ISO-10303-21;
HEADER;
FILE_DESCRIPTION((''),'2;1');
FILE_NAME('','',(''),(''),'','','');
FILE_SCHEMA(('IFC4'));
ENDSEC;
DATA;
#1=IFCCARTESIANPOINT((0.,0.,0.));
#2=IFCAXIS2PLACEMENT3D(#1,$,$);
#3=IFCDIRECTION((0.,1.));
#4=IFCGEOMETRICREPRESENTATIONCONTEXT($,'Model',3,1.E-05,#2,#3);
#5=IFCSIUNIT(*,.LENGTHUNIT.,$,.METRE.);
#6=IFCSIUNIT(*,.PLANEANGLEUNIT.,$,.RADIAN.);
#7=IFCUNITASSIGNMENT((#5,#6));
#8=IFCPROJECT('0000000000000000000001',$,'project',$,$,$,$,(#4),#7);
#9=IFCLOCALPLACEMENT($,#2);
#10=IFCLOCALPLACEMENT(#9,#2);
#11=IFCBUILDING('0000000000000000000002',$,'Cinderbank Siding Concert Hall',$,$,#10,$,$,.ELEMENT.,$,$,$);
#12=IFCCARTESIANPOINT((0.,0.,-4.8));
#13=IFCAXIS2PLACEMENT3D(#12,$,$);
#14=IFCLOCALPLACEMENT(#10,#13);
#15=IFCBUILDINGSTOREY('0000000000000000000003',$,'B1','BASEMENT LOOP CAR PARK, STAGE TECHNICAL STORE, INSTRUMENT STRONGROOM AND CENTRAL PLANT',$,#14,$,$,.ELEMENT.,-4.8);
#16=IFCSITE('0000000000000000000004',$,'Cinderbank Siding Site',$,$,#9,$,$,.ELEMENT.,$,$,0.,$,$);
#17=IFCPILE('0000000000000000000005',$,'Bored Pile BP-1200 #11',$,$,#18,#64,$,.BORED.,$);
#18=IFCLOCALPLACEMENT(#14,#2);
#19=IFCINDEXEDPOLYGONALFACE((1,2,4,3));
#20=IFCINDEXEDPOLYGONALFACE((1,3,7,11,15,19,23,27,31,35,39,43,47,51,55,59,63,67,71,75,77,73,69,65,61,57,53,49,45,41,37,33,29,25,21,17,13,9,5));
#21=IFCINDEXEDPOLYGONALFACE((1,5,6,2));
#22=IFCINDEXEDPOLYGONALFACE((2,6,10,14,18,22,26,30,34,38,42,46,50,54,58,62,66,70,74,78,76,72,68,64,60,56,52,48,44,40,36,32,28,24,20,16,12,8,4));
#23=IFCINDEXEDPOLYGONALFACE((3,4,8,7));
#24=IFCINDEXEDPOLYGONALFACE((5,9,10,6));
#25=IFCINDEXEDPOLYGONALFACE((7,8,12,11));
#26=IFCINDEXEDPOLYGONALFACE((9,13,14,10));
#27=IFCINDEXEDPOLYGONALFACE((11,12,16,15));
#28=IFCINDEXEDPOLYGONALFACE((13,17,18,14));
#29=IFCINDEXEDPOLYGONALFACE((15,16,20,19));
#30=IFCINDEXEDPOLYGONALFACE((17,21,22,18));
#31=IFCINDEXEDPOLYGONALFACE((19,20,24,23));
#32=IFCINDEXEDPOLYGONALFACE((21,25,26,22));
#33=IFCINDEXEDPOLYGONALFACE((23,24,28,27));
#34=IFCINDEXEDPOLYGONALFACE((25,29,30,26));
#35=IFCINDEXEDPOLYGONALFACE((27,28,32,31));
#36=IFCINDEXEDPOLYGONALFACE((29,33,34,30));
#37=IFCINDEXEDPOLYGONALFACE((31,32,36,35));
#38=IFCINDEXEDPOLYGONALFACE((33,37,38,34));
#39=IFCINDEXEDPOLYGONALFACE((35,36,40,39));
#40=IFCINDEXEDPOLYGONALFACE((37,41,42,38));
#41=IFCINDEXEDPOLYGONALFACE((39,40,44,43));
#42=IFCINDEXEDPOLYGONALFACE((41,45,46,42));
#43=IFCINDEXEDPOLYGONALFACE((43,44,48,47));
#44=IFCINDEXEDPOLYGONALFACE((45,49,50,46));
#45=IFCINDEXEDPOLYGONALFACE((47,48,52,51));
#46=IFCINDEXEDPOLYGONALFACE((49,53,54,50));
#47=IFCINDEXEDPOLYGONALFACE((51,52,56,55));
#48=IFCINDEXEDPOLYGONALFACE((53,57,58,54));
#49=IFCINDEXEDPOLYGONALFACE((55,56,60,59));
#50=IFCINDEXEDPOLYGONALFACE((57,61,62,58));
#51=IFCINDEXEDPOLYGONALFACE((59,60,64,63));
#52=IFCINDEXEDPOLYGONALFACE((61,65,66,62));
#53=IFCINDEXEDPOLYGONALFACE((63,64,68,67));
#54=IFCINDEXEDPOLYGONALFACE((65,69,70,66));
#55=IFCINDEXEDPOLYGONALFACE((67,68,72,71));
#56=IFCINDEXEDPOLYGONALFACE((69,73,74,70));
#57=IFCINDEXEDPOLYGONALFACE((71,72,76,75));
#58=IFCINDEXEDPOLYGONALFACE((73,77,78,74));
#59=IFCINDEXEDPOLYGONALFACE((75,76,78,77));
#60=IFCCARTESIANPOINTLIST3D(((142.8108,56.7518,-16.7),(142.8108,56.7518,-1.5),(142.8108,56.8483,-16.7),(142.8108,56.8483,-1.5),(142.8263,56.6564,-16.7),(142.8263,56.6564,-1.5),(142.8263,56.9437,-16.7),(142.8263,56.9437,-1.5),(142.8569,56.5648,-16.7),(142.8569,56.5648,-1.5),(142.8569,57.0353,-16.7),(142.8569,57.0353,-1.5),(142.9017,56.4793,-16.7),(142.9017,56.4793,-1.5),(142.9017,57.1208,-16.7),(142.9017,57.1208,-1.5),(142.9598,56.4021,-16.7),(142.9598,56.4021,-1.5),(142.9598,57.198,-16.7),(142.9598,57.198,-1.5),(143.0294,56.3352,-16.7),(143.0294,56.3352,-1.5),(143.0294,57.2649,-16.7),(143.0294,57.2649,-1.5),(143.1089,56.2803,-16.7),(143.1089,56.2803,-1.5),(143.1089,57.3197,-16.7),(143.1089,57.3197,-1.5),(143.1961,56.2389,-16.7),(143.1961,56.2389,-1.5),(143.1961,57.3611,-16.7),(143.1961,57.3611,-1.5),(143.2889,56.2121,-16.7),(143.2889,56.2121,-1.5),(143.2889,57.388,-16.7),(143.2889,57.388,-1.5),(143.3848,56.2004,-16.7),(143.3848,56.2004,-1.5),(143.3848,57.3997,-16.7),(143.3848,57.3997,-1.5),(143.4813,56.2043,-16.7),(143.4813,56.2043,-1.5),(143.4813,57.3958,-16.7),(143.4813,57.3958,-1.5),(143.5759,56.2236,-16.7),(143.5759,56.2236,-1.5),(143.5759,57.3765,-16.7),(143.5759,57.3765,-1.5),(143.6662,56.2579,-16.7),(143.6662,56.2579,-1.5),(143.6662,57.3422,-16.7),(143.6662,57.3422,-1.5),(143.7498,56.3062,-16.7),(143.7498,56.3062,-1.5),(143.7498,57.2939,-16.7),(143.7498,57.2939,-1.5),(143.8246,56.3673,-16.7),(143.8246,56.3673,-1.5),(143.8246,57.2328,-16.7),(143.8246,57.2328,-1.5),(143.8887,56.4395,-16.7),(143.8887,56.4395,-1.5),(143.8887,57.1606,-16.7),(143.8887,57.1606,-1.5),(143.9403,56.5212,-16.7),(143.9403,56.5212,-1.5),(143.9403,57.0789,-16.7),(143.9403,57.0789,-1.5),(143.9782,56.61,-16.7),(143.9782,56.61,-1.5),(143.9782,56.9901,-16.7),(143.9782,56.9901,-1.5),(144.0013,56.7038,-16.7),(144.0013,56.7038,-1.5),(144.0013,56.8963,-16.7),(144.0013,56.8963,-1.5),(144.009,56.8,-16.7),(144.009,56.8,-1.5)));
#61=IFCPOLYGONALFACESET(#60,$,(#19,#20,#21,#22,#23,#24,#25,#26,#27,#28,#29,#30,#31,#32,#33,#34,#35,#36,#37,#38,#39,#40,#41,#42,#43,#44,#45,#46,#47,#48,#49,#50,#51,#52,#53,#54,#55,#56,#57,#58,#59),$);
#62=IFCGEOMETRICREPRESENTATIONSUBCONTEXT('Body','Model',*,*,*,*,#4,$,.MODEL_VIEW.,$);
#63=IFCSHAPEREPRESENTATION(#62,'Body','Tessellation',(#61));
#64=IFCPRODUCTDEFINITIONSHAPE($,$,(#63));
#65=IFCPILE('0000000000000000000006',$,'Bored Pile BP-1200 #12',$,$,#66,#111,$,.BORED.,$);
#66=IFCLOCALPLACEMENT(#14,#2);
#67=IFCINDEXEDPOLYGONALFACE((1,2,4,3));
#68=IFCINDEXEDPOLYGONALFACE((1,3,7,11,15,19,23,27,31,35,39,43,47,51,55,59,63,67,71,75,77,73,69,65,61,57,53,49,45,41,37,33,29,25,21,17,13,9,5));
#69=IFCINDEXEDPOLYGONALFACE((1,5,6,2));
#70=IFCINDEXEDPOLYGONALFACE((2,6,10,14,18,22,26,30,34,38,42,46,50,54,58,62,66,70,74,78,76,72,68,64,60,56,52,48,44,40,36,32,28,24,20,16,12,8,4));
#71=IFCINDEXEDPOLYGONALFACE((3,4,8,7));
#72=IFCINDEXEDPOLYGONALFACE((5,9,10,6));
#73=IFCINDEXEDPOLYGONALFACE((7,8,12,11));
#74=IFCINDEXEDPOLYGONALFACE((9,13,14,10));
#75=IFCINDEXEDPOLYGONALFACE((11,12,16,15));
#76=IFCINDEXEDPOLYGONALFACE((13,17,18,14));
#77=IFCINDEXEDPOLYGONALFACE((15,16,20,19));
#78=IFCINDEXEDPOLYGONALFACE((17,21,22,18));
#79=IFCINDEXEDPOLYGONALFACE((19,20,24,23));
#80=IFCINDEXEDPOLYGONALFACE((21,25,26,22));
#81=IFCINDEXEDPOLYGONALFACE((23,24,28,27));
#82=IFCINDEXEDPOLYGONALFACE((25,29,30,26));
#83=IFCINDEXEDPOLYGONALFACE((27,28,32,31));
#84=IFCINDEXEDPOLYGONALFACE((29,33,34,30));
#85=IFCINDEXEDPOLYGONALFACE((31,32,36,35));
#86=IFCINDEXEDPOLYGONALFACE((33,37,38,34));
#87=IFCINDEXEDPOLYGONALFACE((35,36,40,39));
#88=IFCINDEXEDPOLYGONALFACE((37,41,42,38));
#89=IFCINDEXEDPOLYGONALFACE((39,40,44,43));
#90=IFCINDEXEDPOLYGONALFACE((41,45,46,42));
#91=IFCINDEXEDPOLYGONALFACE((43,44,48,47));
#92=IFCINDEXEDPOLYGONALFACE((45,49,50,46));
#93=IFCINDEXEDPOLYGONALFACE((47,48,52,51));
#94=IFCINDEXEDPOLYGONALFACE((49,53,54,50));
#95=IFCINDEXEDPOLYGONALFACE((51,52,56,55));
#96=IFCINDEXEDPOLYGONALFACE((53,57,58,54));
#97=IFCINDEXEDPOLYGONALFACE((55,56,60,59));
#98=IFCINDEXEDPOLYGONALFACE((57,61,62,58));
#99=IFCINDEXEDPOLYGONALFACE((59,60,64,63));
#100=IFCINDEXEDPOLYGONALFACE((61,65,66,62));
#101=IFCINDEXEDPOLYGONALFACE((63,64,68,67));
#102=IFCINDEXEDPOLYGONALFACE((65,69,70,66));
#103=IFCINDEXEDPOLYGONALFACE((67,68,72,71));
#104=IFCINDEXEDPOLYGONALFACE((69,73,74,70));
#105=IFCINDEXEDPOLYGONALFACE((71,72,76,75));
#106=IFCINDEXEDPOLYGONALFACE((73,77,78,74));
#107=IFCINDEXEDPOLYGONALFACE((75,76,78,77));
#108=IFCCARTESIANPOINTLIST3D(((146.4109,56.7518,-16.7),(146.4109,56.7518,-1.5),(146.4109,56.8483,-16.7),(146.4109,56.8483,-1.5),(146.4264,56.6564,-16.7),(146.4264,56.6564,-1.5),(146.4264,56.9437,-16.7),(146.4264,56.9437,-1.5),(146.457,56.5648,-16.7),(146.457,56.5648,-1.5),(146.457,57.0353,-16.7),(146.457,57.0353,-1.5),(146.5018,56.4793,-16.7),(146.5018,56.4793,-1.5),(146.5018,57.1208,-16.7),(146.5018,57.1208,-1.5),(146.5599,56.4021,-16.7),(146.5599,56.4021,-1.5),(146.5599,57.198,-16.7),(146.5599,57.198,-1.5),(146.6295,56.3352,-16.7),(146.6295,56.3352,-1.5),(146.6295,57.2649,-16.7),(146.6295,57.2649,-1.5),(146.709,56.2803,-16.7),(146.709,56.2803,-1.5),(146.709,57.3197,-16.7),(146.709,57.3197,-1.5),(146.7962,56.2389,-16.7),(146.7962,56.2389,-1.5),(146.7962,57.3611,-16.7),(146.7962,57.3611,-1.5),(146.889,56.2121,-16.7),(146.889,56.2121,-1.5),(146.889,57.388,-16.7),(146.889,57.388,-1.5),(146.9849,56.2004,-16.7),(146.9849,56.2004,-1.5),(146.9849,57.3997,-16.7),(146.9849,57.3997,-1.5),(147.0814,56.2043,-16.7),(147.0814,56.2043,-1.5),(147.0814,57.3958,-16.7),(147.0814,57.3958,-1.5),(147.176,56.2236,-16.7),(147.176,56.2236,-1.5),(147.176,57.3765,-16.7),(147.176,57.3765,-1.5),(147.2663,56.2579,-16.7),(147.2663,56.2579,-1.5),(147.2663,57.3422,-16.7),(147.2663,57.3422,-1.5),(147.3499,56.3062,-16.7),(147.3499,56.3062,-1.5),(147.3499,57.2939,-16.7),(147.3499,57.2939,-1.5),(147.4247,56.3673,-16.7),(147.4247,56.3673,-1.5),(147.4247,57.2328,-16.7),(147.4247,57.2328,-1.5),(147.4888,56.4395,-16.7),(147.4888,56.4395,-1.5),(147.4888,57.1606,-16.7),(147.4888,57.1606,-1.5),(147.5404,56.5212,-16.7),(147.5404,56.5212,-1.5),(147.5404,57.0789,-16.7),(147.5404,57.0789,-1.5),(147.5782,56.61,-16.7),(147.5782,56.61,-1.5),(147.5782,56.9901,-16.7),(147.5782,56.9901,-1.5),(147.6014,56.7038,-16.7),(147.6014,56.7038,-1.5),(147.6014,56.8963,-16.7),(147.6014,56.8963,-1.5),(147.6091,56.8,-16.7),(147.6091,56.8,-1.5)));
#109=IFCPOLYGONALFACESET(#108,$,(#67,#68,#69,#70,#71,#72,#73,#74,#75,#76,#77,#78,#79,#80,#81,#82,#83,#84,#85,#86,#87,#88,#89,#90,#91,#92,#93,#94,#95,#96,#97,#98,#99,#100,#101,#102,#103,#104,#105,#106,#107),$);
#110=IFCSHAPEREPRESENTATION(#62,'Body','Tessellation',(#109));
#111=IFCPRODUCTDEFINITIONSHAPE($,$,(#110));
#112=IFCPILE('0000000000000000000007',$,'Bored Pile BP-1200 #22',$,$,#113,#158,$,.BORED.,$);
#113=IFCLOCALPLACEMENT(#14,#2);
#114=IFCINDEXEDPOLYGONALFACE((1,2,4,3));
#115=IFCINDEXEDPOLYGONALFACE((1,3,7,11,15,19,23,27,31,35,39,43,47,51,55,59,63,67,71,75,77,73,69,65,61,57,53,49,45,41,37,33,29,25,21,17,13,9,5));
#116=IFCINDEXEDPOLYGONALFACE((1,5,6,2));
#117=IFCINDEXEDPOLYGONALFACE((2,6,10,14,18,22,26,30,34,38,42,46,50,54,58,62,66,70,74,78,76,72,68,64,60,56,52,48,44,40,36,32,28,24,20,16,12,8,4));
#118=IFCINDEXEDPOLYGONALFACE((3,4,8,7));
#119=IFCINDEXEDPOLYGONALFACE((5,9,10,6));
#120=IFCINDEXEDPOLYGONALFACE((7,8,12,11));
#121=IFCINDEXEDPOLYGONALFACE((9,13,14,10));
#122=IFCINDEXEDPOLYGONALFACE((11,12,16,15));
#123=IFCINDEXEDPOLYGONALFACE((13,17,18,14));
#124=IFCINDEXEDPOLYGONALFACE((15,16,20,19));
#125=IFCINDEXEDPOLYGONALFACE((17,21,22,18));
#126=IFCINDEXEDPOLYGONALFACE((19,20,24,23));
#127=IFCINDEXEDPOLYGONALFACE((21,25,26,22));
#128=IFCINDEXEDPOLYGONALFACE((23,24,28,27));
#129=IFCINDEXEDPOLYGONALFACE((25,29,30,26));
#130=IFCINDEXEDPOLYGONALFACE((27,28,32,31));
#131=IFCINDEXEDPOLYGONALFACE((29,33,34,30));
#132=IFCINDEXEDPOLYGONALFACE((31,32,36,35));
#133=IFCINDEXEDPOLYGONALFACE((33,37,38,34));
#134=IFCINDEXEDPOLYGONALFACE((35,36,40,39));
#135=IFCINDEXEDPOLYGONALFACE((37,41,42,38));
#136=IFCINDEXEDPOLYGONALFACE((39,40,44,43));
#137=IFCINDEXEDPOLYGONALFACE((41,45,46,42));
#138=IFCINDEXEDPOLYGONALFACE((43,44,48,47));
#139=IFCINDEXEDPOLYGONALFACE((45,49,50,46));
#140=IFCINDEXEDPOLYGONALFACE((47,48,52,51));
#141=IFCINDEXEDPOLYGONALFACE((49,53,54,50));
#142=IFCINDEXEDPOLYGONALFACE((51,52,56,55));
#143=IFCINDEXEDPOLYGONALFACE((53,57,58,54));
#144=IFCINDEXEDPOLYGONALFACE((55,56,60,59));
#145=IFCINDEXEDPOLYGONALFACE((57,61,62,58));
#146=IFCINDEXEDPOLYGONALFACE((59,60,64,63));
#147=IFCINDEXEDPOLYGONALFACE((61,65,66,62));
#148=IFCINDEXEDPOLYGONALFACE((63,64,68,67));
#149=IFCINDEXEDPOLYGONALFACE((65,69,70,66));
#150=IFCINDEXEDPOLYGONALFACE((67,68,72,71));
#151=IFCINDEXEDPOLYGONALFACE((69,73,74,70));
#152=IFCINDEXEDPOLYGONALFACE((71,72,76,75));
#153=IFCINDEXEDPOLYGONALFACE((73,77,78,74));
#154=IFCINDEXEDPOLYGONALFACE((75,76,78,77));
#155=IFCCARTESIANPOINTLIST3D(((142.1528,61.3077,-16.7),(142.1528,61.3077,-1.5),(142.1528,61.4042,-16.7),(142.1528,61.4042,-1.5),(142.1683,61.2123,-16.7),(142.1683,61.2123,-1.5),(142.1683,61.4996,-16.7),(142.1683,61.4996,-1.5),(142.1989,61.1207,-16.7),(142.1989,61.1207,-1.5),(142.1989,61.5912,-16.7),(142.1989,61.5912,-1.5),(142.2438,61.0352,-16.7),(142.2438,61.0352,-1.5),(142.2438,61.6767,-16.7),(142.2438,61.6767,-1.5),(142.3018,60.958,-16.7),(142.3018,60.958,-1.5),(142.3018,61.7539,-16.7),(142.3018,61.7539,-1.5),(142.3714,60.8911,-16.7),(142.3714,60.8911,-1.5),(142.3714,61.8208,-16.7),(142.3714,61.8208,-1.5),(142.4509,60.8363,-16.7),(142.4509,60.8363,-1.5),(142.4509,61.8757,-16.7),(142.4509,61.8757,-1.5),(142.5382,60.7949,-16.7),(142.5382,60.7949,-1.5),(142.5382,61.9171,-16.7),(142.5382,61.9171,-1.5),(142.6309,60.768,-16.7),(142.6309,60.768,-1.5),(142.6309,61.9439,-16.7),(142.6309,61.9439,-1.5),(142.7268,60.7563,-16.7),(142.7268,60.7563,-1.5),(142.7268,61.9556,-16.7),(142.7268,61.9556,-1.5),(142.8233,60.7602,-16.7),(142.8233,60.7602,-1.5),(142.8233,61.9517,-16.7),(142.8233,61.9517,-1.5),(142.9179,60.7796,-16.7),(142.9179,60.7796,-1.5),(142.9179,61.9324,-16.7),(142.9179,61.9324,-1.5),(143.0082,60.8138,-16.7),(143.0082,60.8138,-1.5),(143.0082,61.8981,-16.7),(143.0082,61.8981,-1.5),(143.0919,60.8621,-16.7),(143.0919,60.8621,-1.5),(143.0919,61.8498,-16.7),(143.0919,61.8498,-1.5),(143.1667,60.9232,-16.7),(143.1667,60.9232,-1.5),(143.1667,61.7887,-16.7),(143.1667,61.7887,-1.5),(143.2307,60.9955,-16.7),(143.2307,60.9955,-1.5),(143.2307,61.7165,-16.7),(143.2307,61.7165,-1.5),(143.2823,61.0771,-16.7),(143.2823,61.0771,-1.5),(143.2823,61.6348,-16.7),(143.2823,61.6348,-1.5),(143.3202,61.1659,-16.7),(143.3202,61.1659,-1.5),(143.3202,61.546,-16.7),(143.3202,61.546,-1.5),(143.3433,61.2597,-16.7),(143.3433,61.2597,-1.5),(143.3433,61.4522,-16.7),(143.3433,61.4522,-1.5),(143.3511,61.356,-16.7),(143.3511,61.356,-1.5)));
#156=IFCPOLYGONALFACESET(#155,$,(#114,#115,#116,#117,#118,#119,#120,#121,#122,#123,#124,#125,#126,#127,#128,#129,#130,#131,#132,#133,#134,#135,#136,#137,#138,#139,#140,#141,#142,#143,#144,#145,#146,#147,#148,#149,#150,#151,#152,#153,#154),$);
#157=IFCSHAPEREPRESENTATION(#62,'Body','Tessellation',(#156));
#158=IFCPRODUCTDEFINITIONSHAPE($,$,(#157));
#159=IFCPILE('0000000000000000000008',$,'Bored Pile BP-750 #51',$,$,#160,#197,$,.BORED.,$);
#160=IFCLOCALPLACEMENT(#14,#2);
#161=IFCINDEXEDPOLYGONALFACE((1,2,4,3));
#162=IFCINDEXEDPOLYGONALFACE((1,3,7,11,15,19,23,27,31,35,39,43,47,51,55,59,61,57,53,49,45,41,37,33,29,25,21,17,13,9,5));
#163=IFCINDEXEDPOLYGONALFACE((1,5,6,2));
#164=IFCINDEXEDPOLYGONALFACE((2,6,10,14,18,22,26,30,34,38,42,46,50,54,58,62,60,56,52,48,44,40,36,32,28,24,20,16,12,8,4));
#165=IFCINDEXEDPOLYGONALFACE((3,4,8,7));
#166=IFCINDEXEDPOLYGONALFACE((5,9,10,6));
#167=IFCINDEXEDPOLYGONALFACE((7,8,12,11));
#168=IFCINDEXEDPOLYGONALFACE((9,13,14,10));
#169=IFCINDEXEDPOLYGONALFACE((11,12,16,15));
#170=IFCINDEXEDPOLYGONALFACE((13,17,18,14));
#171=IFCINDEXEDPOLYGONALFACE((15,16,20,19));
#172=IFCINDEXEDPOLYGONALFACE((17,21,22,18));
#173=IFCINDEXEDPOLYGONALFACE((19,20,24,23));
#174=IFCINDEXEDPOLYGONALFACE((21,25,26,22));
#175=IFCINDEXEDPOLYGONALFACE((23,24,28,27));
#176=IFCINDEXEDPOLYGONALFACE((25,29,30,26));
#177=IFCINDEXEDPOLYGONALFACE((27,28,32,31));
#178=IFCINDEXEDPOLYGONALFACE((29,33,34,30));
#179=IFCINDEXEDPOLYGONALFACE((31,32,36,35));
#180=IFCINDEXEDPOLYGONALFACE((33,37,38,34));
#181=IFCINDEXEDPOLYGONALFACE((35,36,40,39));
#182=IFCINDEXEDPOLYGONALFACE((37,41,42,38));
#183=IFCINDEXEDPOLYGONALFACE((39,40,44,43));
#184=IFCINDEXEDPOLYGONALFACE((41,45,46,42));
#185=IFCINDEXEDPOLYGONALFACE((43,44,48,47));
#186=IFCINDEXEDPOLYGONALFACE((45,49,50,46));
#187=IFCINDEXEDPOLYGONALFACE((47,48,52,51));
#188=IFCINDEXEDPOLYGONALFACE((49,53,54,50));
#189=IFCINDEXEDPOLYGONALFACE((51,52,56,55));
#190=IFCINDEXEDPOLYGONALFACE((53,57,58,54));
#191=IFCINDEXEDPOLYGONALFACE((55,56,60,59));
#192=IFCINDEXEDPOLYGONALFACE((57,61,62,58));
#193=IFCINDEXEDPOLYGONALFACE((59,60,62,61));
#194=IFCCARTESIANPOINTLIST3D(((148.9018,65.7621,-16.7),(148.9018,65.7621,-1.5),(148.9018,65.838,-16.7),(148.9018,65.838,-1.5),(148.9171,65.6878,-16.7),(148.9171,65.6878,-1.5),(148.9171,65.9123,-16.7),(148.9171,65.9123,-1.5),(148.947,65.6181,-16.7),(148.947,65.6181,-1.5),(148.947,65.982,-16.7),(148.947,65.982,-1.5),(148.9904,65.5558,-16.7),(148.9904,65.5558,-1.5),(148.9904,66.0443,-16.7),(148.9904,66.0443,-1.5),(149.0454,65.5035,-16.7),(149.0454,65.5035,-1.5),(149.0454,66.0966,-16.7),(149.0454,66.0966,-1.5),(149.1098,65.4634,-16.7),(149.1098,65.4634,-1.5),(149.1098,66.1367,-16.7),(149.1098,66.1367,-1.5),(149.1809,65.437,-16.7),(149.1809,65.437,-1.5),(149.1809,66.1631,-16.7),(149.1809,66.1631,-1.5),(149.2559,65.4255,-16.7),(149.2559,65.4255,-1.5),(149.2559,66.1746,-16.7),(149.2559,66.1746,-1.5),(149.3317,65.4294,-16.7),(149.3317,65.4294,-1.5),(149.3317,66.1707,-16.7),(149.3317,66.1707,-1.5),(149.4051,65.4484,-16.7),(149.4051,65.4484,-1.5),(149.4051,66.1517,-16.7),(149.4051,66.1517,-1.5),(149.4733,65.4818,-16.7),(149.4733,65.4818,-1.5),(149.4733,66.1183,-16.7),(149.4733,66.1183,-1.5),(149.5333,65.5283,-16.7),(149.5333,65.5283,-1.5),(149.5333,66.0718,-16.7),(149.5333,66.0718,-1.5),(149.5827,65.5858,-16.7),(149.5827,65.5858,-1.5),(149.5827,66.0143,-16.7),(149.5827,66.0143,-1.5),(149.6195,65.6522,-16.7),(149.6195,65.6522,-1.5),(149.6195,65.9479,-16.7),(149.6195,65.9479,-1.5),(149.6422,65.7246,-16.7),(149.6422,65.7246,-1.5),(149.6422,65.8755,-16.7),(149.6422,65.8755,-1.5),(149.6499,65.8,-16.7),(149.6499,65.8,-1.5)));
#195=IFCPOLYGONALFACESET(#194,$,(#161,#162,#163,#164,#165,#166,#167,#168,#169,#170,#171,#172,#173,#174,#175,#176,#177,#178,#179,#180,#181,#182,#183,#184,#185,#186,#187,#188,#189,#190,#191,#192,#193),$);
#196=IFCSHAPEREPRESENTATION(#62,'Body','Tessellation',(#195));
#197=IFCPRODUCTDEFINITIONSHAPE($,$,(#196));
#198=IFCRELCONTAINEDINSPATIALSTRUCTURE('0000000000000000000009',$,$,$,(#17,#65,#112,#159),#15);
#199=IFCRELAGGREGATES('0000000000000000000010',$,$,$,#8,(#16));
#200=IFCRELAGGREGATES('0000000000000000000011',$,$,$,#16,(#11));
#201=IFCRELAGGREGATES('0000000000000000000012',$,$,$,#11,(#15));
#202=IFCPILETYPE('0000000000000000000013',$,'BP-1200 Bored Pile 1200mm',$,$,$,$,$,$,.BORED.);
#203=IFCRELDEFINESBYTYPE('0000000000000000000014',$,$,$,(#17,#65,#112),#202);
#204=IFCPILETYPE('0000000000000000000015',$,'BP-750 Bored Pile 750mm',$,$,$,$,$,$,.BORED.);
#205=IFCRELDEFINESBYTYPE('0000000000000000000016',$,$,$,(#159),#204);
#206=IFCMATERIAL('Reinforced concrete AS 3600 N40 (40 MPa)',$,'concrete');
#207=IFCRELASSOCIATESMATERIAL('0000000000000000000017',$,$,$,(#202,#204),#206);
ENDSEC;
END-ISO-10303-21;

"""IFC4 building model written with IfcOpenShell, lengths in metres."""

from ifc_helpers import new_model, si_unit, direction, frame, origin, origin_2d, place, context, subcontext, project, spatial, circle, extrude, material, material_profile, profile_set, type_object, element, save


model = new_model("IFC4")

# Units and contexts
model_context = context("Model", 3, precision=1e-05, world=origin(), true_north=direction((0.0, 1.0)))
body_context = subcontext(model_context, "Body", "Model", "MODEL_VIEW")
ifc_project = project(units=[si_unit("LENGTHUNIT", "METRE"), si_unit("PLANEANGLEUNIT", "RADIAN")], contexts=[model_context])

# Site, building, storey
site_placement = place(None, origin())
site = spatial("IfcSite", under=ifc_project, at=site_placement, Name="Cinderbank Siding Site", CompositionType="ELEMENT", RefElevation=0.0)
building_placement = place(site_placement, origin())
building = spatial("IfcBuilding", under=site, at=building_placement, Name="Cinderbank Siding Concert Hall", CompositionType="ELEMENT")
storey_placement = place(building_placement, frame((0.0, 0.0, -4.8)))
storey = spatial("IfcBuildingStorey", under=building, at=storey_placement, Name="B1", Description="BASEMENT LOOP CAR PARK, STAGE TECHNICAL STORE, INSTRUMENT STRONGROOM AND CENTRAL PLANT", CompositionType="ELEMENT", Elevation=-4.8)

# Piles
ifc_material_1 = material(Name="Reinforced concrete AS 3600 N40 (40 MPa)", Category="concrete")
ifc_material_profile_1 = material_profile(ifc_material_1, circle(Radius=0.6001, at=origin_2d()), Name="PILE-1200DIA", Category="LoadBearing")
ifc_profile_set_1 = profile_set([ifc_material_profile_1], Name="Reinforced concrete AS 3600 N40 (40 MPa)")
pile_type_1 = type_object("IfcPileType", Name="BP-1200 Bored Pile 1200mm", PredefinedType="BORED", material=ifc_profile_set_1)
for number, where, z_axis, x_axis, name in (
    (1, (143.4089, 56.8, -1.5), (0.0, 0.0, -1.0), (1.0, 0.0, 0.0), "Bored Pile BP-1200 #11"),
    (2, (147.009, 56.8, -1.5), (0.0, 0.0, -1.0), (1.0, 0.0, 0.0), "Bored Pile BP-1200 #12"),
    (3, (142.751, 61.356, -1.5), (0.0, 0.0, -1.0), (1.0, 0.0, 0.0), "Bored Pile BP-1200 #22"),
):
    element("IfcPile", number, at=place(storey_placement, frame(where, z_axis=z_axis, x_axis=x_axis)), inside=storey, type_object=pile_type_1, Name=name, PredefinedType="BORED", context=body_context, shape_type="SweptSolid", body=[
        extrude(circle(Radius=0.6001, at=origin_2d()), origin(), (0.0, 0.0, 1.0), 15.2),
    ])
ifc_material_profile_2 = material_profile(ifc_material_1, circle(Radius=0.375, at=origin_2d()), Name="PILE-750DIA", Category="LoadBearing")
ifc_profile_set_2 = profile_set([ifc_material_profile_2], Name="Reinforced concrete AS 3600 N40 (40 MPa)")
pile_type_2 = type_object("IfcPileType", Name="BP-750 Bored Pile 750mm", PredefinedType="BORED", material=ifc_profile_set_2)
pile_placement = place(storey_placement, frame((149.2749, 65.8, -1.5), z_axis=(0.0, 0.0, -1.0), x_axis=(1.0, 0.0, 0.0)))
element("IfcPile", 4, at=pile_placement, inside=storey, type_object=pile_type_2, Name="Bored Pile BP-750 #51", PredefinedType="BORED", context=body_context, shape_type="SweptSolid", body=[
    extrude(circle(Radius=0.375, at=origin_2d()), origin(), (0.0, 0.0, 1.0), 15.2),
])

save(model, "model.ifc")
